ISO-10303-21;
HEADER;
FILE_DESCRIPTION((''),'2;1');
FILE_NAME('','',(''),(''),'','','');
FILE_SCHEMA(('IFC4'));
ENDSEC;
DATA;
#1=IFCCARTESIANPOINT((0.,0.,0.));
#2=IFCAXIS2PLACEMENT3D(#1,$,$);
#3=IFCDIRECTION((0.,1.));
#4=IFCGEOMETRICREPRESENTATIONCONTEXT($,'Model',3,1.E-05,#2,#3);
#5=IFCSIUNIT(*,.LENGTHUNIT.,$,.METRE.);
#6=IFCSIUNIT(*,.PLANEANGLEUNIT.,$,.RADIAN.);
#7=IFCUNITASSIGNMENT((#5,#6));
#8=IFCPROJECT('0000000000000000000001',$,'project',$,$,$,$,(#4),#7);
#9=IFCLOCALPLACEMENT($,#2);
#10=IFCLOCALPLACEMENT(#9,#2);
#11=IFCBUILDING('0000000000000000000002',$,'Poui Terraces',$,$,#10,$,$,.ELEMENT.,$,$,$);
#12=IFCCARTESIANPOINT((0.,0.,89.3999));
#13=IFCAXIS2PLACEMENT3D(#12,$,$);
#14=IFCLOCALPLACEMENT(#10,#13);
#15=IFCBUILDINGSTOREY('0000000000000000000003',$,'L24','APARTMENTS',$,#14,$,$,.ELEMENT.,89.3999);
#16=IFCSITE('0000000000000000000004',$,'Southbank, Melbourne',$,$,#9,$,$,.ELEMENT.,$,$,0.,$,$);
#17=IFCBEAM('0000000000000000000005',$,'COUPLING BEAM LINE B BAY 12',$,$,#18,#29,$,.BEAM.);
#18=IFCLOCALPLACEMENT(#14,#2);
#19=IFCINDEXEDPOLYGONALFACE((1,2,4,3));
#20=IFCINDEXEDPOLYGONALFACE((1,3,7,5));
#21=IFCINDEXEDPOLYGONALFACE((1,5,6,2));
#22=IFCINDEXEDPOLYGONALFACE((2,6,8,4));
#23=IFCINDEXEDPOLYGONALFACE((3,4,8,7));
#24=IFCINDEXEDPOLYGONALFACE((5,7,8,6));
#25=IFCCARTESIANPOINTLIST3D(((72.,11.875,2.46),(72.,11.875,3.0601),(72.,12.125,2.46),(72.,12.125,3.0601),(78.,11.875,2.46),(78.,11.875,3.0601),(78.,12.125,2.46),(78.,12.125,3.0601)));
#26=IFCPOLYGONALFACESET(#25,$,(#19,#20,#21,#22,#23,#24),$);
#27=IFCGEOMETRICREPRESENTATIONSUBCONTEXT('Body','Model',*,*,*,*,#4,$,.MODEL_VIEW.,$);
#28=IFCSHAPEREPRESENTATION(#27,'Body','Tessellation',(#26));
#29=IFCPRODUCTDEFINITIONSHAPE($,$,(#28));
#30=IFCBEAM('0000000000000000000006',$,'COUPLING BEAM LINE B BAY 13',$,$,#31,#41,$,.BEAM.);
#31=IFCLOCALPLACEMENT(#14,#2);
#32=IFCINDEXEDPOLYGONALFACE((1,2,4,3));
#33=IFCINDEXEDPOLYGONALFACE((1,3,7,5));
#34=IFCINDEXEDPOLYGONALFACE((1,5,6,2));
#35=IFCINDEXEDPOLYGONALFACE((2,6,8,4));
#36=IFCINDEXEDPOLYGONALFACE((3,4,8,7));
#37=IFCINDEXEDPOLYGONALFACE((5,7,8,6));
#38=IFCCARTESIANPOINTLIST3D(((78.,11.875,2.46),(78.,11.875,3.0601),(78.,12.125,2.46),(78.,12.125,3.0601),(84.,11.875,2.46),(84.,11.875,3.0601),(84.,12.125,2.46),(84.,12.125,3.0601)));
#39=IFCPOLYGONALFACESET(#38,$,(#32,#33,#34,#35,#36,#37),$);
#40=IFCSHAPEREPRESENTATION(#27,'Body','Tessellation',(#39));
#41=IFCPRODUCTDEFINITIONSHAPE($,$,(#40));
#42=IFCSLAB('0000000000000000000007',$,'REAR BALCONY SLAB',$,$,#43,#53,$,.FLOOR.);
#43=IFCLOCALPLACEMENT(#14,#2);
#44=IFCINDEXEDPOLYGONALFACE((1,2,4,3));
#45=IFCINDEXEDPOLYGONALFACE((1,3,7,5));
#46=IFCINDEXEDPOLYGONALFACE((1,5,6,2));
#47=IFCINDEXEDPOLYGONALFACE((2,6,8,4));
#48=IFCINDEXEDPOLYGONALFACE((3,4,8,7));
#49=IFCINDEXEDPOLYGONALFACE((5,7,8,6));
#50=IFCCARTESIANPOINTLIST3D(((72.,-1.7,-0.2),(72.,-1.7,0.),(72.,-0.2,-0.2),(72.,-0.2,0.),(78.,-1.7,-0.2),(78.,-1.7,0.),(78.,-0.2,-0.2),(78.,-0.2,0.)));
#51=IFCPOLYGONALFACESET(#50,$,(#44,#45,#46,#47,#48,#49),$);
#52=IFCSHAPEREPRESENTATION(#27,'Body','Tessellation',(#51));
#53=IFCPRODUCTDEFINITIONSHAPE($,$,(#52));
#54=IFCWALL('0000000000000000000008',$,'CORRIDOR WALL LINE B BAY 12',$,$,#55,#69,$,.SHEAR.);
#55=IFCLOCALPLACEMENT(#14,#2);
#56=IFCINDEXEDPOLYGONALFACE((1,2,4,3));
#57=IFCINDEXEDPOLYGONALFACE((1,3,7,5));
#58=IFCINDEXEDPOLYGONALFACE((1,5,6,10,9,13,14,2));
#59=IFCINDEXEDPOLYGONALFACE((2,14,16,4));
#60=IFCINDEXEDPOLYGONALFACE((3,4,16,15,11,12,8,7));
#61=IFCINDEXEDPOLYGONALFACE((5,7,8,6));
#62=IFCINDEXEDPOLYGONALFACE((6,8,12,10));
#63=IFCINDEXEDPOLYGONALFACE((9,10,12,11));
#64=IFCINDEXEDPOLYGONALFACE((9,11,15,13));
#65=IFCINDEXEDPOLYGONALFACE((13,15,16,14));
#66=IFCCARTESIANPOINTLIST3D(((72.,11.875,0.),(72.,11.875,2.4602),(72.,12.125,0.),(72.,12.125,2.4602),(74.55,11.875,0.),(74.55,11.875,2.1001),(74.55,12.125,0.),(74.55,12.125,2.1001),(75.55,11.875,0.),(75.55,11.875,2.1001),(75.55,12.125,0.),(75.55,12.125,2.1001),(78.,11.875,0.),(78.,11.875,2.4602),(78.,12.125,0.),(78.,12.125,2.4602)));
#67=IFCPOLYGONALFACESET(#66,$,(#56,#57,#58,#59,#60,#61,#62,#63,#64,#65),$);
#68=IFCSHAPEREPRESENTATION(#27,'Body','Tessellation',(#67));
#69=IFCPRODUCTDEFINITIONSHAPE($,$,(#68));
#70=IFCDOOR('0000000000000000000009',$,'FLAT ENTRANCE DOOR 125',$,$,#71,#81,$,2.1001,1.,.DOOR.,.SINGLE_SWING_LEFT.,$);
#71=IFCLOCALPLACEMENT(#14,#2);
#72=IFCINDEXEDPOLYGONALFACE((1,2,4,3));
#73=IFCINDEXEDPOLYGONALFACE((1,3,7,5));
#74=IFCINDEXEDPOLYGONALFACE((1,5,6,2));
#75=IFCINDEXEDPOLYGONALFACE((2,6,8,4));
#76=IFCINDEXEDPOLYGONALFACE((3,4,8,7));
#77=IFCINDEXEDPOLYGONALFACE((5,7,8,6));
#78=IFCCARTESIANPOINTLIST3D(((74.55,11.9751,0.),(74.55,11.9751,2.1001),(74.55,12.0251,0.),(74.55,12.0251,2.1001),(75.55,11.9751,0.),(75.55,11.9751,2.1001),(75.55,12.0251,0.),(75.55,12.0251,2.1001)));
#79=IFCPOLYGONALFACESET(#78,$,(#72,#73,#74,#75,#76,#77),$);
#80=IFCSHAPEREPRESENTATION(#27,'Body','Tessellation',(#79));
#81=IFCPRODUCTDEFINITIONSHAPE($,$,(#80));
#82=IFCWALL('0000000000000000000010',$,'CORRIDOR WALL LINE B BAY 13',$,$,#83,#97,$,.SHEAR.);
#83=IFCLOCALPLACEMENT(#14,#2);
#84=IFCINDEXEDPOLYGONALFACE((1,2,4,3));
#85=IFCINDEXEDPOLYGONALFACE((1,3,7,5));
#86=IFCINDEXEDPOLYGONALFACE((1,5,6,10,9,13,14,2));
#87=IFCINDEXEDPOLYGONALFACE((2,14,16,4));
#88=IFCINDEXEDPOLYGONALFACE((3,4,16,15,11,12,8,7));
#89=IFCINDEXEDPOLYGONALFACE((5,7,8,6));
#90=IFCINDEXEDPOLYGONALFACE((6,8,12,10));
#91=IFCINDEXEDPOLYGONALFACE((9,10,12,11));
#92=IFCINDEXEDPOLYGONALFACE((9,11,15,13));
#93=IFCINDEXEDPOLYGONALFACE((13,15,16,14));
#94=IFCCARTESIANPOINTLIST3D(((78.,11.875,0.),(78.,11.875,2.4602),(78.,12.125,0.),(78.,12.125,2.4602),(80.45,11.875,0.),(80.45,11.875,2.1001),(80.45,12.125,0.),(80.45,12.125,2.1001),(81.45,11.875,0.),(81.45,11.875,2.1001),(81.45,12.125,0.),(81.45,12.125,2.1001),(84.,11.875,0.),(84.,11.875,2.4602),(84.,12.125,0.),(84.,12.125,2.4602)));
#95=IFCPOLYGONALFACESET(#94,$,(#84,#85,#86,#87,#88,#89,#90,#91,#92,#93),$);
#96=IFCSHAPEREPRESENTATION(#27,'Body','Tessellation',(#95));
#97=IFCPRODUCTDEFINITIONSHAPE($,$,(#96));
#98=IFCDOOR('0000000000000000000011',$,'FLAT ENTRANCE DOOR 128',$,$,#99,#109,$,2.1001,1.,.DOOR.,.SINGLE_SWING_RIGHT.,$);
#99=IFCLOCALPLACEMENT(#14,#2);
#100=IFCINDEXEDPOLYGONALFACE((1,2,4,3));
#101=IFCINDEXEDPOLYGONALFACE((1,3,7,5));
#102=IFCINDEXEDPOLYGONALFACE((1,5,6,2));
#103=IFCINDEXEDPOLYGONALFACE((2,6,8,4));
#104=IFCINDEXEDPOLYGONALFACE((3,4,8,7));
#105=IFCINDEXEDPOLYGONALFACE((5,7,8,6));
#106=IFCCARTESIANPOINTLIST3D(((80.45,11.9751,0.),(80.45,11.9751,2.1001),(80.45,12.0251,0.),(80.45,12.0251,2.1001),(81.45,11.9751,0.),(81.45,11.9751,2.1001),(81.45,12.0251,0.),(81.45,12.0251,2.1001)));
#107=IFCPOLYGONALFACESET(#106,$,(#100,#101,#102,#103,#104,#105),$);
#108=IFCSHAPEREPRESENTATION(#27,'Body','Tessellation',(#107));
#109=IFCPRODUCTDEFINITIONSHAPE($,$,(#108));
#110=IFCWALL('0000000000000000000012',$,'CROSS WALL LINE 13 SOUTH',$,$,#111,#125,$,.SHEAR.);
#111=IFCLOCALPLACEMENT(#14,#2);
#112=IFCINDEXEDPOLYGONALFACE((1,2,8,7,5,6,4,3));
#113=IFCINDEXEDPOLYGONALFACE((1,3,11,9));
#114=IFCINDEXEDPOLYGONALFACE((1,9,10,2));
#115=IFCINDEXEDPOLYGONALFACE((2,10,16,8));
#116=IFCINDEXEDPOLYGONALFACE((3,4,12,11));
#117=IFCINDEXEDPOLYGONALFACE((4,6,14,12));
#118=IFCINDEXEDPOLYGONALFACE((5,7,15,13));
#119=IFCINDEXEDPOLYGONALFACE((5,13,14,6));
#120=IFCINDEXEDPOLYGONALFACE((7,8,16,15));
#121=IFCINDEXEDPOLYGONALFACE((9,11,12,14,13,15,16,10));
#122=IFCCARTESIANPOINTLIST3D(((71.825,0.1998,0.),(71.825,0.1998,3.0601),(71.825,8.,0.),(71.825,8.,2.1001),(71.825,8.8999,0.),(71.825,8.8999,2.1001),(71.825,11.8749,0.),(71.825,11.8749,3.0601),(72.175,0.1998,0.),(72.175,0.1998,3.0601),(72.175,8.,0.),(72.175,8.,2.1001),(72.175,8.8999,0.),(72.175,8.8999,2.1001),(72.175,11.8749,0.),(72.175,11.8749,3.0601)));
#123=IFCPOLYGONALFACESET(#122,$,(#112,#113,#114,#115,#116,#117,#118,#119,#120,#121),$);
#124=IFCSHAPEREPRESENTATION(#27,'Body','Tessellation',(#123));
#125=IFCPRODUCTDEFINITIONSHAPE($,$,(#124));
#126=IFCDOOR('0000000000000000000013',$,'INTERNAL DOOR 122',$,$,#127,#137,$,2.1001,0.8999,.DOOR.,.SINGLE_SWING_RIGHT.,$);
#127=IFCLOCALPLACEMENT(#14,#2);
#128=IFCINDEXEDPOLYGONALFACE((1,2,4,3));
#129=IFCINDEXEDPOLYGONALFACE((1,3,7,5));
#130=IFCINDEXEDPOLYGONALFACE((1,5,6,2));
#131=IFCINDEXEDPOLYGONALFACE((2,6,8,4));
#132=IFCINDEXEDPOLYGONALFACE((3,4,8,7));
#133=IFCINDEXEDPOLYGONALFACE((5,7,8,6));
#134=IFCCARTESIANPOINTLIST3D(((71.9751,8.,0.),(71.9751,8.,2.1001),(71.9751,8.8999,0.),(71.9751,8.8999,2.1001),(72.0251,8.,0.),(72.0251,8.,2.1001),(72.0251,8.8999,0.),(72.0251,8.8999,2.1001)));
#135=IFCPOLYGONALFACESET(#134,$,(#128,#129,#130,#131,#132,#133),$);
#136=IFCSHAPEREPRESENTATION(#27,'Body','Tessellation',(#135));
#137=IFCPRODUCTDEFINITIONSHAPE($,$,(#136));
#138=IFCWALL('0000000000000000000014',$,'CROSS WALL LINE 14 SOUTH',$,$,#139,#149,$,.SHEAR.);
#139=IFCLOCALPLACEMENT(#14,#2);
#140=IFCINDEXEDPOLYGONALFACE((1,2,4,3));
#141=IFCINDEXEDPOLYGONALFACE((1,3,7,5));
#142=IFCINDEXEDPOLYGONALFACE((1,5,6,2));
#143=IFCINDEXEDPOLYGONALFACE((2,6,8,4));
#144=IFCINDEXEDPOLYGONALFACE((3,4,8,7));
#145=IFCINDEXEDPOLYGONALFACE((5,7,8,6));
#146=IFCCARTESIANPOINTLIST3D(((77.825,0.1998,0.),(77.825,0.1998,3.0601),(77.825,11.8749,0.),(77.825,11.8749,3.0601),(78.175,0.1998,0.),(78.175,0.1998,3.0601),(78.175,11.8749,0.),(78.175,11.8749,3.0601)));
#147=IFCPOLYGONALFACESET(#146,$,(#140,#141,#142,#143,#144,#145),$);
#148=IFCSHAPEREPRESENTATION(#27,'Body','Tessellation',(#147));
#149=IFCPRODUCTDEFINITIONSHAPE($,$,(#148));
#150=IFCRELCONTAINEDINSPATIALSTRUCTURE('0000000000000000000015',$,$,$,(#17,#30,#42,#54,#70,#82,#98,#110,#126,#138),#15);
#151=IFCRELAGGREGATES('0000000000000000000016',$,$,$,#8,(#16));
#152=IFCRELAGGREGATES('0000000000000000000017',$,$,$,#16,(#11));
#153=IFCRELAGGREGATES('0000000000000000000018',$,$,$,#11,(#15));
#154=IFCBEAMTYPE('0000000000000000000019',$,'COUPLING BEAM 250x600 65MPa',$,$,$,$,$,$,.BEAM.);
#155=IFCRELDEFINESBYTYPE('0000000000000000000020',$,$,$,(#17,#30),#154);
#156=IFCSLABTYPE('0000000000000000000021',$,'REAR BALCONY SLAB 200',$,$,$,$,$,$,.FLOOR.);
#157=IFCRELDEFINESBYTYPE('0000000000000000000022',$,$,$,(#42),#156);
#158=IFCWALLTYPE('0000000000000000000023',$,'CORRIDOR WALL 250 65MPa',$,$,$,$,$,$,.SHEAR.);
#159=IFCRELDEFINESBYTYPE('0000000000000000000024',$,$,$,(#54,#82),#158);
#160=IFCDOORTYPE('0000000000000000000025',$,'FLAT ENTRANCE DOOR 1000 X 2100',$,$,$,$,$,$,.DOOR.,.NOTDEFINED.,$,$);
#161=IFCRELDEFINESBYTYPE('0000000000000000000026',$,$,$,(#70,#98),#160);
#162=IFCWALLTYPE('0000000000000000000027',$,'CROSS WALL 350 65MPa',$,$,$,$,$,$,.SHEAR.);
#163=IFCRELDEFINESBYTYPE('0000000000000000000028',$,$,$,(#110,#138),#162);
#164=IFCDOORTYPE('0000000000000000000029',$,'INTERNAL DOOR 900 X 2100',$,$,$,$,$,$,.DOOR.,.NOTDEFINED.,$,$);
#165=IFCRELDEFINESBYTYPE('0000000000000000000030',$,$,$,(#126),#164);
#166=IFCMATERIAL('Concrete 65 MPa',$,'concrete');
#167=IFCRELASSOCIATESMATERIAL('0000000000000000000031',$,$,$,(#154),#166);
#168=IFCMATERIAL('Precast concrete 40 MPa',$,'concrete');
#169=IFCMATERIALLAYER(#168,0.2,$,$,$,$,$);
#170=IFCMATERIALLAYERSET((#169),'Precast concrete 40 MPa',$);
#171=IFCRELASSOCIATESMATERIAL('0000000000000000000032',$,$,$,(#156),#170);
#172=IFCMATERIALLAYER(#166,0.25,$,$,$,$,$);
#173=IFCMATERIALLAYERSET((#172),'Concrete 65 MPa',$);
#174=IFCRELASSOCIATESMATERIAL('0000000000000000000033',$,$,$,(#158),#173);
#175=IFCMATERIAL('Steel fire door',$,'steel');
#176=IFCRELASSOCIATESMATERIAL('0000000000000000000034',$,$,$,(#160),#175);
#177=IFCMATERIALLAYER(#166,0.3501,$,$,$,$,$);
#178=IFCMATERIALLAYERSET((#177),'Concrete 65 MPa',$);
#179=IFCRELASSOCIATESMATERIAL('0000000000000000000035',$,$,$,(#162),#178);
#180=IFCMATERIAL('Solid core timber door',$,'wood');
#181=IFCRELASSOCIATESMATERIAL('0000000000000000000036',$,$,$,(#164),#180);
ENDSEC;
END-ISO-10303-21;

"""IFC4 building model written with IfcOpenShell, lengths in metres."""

from ifc_helpers import new_model, si_unit, direction, frame, frame_2d, origin, origin_2d, place, context, subcontext, project, spatial, polyline, rectangle, outline, extrude, source, transform, mapped, material, layer, layer_set, material_profile, profile_set, type_object, element, fill, save


model = new_model("IFC4")

# Units and contexts
model_context = context("Model", 3, precision=1e-05, world=origin(), true_north=direction((0.0, 1.0)))
body_context = subcontext(model_context, "Body", "Model", "MODEL_VIEW")
ifc_project = project(units=[si_unit("LENGTHUNIT", "METRE"), si_unit("PLANEANGLEUNIT", "RADIAN")], contexts=[model_context])

# Site, building, storey
site_placement = place(None, origin())
site = spatial("IfcSite", under=ifc_project, at=site_placement, Name="Southbank, Melbourne", CompositionType="ELEMENT", RefElevation=0.0)
building_placement = place(site_placement, origin())
building = spatial("IfcBuilding", under=site, at=building_placement, Name="Poui Terraces", CompositionType="ELEMENT")
storey_placement = place(building_placement, frame((0.0, 0.0, 89.3999)))
storey = spatial("IfcBuildingStorey", under=building, at=storey_placement, Name="L24", Description="APARTMENTS", CompositionType="ELEMENT", Elevation=89.3999)

# Beams
ifc_material_1 = material(Name="Concrete 65 MPa", Category="concrete")
ifc_material_profile_1 = material_profile(ifc_material_1, rectangle(XDim=0.25, YDim=0.6001, at=origin_2d()), Name="RC 250x600")
ifc_profile_set_1 = profile_set([ifc_material_profile_1], Name="Concrete 65 MPa")
beam_type = type_object("IfcBeamType", Name="COUPLING BEAM 250x600 65MPa", PredefinedType="BEAM", material=ifc_profile_set_1)
shared_shape_1 = source(origin(), body_context, "Body", "SweptSolid", [
    extrude(rectangle(XDim=0.25, YDim=0.6001, at=origin_2d()), origin(), (0.0, 0.0, 1.0), 6.0),
])
for number, where, z_axis, x_axis, name in (
    (1, (72.0, 12.0, 2.76), (1.0, 0.0, 0.0), (0.0, 1.0, 0.0), "COUPLING BEAM LINE B BAY 12"),
    (2, (78.0, 12.0, 2.76), (1.0, 0.0, 0.0), (0.0, 1.0, 0.0), "COUPLING BEAM LINE B BAY 13"),
):
    element("IfcBeam", number, at=place(storey_placement, frame(where, z_axis=z_axis, x_axis=x_axis)), inside=storey, type_object=beam_type, Name=name, PredefinedType="BEAM", context=body_context, shape_type="MappedRepresentation", body=[
        mapped(shared_shape_1, transform((0.0, 0.0, 0.0))),
    ])

# Slab
ifc_material_2 = material(Name="Precast concrete 40 MPa", Category="concrete")
ifc_layer_1 = layer(ifc_material_2, 0.2)
ifc_layer_set_1 = layer_set([ifc_layer_1], Name="Precast concrete 40 MPa")
slab_type = type_object("IfcSlabType", Name="REAR BALCONY SLAB 200", PredefinedType="FLOOR", material=ifc_layer_set_1)
shared_shape_2 = source(origin(), body_context, "Body", "SweptSolid", [
    extrude(outline(polyline([(0.0, 0.0), (6.0, 0.0), (6.0, 1.5), (0.0, 1.5), (0.0, 0.0)])), origin(), (0.0, 0.0, 1.0), 0.2),
])
slab_placement = place(storey_placement, frame((72.0, -1.7, -0.2)))
element("IfcSlab", 3, at=slab_placement, inside=storey, type_object=slab_type, Name="REAR BALCONY SLAB", PredefinedType="FLOOR", context=body_context, shape_type="MappedRepresentation", body=[
    mapped(shared_shape_2, transform((0.0, 0.0, 0.0))),
])

# Walls, openings, doors
ifc_layer_2 = layer(ifc_material_1, 0.25)
ifc_layer_set_2 = layer_set([ifc_layer_2], Name="Concrete 65 MPa")
wall_type_1 = type_object("IfcWallType", Name="CORRIDOR WALL 250 65MPa", PredefinedType="SHEAR", material=ifc_layer_set_2)
wall_1_placement = place(storey_placement, frame((72.0, 12.0, 0.0), z_axis=(0.0, 0.0, 1.0), x_axis=(1.0, 0.0, 0.0)))
wall_1 = element("IfcWall", 4, at=wall_1_placement, inside=storey, type_object=wall_type_1, Name="CORRIDOR WALL LINE B BAY 12", PredefinedType="SHEAR", context=body_context, shape_type="SweptSolid", body=[
    extrude(rectangle(XDim=6.0, YDim=0.25, at=frame_2d((3.0, 0.0))), origin(), (0.0, 0.0, 1.0), 2.4602),
])
opening_1_placement = place(wall_1_placement, frame((2.55, 0.0, 0.0)))
opening_1 = element("IfcOpeningElement", 5, at=opening_1_placement, cuts=wall_1, PredefinedType="OPENING", context=body_context, shape_type="SweptSolid", body=[
    extrude(rectangle(XDim=1.0, YDim=2.1001, at=frame_2d((0.5, 1.05))), frame((0.0, 0.135, 0.0), z_axis=(0.0, -1.0, 0.0), x_axis=(1.0, 0.0, 0.0)), (0.0, 0.0, 1.0), 0.27),
])
ifc_material_3 = material(Name="Steel fire door", Category="steel")
door_type_1 = type_object("IfcDoorType", Name="FLAT ENTRANCE DOOR 1000 X 2100", OperationType="NOTDEFINED", PredefinedType="DOOR", material=ifc_material_3)
door_1_placement = place(opening_1_placement, frame((1.0, 0.0, 0.0), z_axis=(0.0, 0.0, 1.0), x_axis=(-1.0, 0.0, 0.0)))
door_1 = element("IfcDoor", 6, at=door_1_placement, inside=storey, type_object=door_type_1, Name="FLAT ENTRANCE DOOR 125", OperationType="SINGLE_SWING_LEFT", OverallHeight=2.1001, OverallWidth=1.0, PredefinedType="DOOR", context=body_context, shape_type="SweptSolid", body=[
    extrude(rectangle(XDim=1.0, YDim=2.1001, at=frame_2d((0.5, 1.05))), frame((0.0, 0.0249, 0.0), z_axis=(0.0, -1.0, 0.0), x_axis=(1.0, 0.0, 0.0)), (0.0, 0.0, 1.0), 0.05),
])
fill(opening_1, door_1)
wall_2_placement = place(storey_placement, frame((78.0, 12.0, 0.0), z_axis=(0.0, 0.0, 1.0), x_axis=(1.0, 0.0, 0.0)))
wall_2 = element("IfcWall", 7, at=wall_2_placement, inside=storey, type_object=wall_type_1, Name="CORRIDOR WALL LINE B BAY 13", PredefinedType="SHEAR", context=body_context, shape_type="SweptSolid", body=[
    extrude(rectangle(XDim=6.0, YDim=0.25, at=frame_2d((3.0, 0.0))), origin(), (0.0, 0.0, 1.0), 2.4602),
])
opening_2_placement = place(wall_2_placement, frame((2.45, 0.0, 0.0)))
opening_2 = element("IfcOpeningElement", 8, at=opening_2_placement, cuts=wall_2, PredefinedType="OPENING", context=body_context, shape_type="SweptSolid", body=[
    extrude(rectangle(XDim=1.0, YDim=2.1001, at=frame_2d((0.5, 1.05))), frame((0.0, 0.135, 0.0), z_axis=(0.0, -1.0, 0.0), x_axis=(1.0, 0.0, 0.0)), (0.0, 0.0, 1.0), 0.27),
])
door_2_placement = place(opening_2_placement, frame((1.0, 0.0, 0.0), z_axis=(0.0, 0.0, 1.0), x_axis=(-1.0, 0.0, 0.0)))
door_2 = element("IfcDoor", 9, at=door_2_placement, inside=storey, type_object=door_type_1, Name="FLAT ENTRANCE DOOR 128", OperationType="SINGLE_SWING_RIGHT", OverallHeight=2.1001, OverallWidth=1.0, PredefinedType="DOOR", context=body_context, shape_type="SweptSolid", body=[
    extrude(rectangle(XDim=1.0, YDim=2.1001, at=frame_2d((0.5, 1.05))), frame((0.0, 0.0249, 0.0), z_axis=(0.0, -1.0, 0.0), x_axis=(1.0, 0.0, 0.0)), (0.0, 0.0, 1.0), 0.05),
])
fill(opening_2, door_2)
ifc_layer_3 = layer(ifc_material_1, 0.3501)
ifc_layer_set_3 = layer_set([ifc_layer_3], Name="Concrete 65 MPa")
wall_type_2 = type_object("IfcWallType", Name="CROSS WALL 350 65MPa", PredefinedType="SHEAR", material=ifc_layer_set_3)
wall_3_placement = place(storey_placement, frame((72.0, 0.2, 0.0), z_axis=(0.0, 0.0, 1.0), x_axis=(0.0, 1.0, 0.0)))
wall_3 = element("IfcWall", 10, at=wall_3_placement, inside=storey, type_object=wall_type_2, Name="CROSS WALL LINE 13 SOUTH", PredefinedType="SHEAR", context=body_context, shape_type="SweptSolid", body=[
    extrude(rectangle(XDim=11.675, YDim=0.3501, at=frame_2d((5.8374, 0.0))), origin(), (0.0, 0.0, 1.0), 3.0601),
])
opening_3_placement = place(wall_3_placement, frame((7.8, 0.0, 0.0)))
opening_3 = element("IfcOpeningElement", 11, at=opening_3_placement, cuts=wall_3, PredefinedType="OPENING", context=body_context, shape_type="SweptSolid", body=[
    extrude(rectangle(XDim=0.8999, YDim=2.1001, at=frame_2d((0.45, 1.05))), frame((0.0, 0.1851, 0.0), z_axis=(0.0, -1.0, 0.0), x_axis=(1.0, 0.0, 0.0)), (0.0, 0.0, 1.0), 0.3701),
])
ifc_material_4 = material(Name="Solid core timber door", Category="wood")
door_type_2 = type_object("IfcDoorType", Name="INTERNAL DOOR 900 X 2100", OperationType="NOTDEFINED", PredefinedType="DOOR", material=ifc_material_4)
door_3_placement = place(opening_3_placement, origin())
door_3 = element("IfcDoor", 12, at=door_3_placement, inside=storey, type_object=door_type_2, Name="INTERNAL DOOR 122", OperationType="SINGLE_SWING_RIGHT", OverallHeight=2.1001, OverallWidth=0.8999, PredefinedType="DOOR", context=body_context, shape_type="SweptSolid", body=[
    extrude(rectangle(XDim=0.8999, YDim=2.1001, at=frame_2d((0.45, 1.05))), frame((0.0, 0.0249, 0.0), z_axis=(0.0, -1.0, 0.0), x_axis=(1.0, 0.0, 0.0)), (0.0, 0.0, 1.0), 0.05),
])
fill(opening_3, door_3)

# Wall
wall_4_placement = place(storey_placement, frame((78.0, 0.2, 0.0), z_axis=(0.0, 0.0, 1.0), x_axis=(0.0, 1.0, 0.0)))
element("IfcWall", 13, at=wall_4_placement, inside=storey, type_object=wall_type_2, Name="CROSS WALL LINE 14 SOUTH", PredefinedType="SHEAR", context=body_context, shape_type="SweptSolid", body=[
    extrude(rectangle(XDim=11.675, YDim=0.3501, at=frame_2d((5.8374, 0.0))), origin(), (0.0, 0.0, 1.0), 3.0601),
])

save(model, "model.ifc")
